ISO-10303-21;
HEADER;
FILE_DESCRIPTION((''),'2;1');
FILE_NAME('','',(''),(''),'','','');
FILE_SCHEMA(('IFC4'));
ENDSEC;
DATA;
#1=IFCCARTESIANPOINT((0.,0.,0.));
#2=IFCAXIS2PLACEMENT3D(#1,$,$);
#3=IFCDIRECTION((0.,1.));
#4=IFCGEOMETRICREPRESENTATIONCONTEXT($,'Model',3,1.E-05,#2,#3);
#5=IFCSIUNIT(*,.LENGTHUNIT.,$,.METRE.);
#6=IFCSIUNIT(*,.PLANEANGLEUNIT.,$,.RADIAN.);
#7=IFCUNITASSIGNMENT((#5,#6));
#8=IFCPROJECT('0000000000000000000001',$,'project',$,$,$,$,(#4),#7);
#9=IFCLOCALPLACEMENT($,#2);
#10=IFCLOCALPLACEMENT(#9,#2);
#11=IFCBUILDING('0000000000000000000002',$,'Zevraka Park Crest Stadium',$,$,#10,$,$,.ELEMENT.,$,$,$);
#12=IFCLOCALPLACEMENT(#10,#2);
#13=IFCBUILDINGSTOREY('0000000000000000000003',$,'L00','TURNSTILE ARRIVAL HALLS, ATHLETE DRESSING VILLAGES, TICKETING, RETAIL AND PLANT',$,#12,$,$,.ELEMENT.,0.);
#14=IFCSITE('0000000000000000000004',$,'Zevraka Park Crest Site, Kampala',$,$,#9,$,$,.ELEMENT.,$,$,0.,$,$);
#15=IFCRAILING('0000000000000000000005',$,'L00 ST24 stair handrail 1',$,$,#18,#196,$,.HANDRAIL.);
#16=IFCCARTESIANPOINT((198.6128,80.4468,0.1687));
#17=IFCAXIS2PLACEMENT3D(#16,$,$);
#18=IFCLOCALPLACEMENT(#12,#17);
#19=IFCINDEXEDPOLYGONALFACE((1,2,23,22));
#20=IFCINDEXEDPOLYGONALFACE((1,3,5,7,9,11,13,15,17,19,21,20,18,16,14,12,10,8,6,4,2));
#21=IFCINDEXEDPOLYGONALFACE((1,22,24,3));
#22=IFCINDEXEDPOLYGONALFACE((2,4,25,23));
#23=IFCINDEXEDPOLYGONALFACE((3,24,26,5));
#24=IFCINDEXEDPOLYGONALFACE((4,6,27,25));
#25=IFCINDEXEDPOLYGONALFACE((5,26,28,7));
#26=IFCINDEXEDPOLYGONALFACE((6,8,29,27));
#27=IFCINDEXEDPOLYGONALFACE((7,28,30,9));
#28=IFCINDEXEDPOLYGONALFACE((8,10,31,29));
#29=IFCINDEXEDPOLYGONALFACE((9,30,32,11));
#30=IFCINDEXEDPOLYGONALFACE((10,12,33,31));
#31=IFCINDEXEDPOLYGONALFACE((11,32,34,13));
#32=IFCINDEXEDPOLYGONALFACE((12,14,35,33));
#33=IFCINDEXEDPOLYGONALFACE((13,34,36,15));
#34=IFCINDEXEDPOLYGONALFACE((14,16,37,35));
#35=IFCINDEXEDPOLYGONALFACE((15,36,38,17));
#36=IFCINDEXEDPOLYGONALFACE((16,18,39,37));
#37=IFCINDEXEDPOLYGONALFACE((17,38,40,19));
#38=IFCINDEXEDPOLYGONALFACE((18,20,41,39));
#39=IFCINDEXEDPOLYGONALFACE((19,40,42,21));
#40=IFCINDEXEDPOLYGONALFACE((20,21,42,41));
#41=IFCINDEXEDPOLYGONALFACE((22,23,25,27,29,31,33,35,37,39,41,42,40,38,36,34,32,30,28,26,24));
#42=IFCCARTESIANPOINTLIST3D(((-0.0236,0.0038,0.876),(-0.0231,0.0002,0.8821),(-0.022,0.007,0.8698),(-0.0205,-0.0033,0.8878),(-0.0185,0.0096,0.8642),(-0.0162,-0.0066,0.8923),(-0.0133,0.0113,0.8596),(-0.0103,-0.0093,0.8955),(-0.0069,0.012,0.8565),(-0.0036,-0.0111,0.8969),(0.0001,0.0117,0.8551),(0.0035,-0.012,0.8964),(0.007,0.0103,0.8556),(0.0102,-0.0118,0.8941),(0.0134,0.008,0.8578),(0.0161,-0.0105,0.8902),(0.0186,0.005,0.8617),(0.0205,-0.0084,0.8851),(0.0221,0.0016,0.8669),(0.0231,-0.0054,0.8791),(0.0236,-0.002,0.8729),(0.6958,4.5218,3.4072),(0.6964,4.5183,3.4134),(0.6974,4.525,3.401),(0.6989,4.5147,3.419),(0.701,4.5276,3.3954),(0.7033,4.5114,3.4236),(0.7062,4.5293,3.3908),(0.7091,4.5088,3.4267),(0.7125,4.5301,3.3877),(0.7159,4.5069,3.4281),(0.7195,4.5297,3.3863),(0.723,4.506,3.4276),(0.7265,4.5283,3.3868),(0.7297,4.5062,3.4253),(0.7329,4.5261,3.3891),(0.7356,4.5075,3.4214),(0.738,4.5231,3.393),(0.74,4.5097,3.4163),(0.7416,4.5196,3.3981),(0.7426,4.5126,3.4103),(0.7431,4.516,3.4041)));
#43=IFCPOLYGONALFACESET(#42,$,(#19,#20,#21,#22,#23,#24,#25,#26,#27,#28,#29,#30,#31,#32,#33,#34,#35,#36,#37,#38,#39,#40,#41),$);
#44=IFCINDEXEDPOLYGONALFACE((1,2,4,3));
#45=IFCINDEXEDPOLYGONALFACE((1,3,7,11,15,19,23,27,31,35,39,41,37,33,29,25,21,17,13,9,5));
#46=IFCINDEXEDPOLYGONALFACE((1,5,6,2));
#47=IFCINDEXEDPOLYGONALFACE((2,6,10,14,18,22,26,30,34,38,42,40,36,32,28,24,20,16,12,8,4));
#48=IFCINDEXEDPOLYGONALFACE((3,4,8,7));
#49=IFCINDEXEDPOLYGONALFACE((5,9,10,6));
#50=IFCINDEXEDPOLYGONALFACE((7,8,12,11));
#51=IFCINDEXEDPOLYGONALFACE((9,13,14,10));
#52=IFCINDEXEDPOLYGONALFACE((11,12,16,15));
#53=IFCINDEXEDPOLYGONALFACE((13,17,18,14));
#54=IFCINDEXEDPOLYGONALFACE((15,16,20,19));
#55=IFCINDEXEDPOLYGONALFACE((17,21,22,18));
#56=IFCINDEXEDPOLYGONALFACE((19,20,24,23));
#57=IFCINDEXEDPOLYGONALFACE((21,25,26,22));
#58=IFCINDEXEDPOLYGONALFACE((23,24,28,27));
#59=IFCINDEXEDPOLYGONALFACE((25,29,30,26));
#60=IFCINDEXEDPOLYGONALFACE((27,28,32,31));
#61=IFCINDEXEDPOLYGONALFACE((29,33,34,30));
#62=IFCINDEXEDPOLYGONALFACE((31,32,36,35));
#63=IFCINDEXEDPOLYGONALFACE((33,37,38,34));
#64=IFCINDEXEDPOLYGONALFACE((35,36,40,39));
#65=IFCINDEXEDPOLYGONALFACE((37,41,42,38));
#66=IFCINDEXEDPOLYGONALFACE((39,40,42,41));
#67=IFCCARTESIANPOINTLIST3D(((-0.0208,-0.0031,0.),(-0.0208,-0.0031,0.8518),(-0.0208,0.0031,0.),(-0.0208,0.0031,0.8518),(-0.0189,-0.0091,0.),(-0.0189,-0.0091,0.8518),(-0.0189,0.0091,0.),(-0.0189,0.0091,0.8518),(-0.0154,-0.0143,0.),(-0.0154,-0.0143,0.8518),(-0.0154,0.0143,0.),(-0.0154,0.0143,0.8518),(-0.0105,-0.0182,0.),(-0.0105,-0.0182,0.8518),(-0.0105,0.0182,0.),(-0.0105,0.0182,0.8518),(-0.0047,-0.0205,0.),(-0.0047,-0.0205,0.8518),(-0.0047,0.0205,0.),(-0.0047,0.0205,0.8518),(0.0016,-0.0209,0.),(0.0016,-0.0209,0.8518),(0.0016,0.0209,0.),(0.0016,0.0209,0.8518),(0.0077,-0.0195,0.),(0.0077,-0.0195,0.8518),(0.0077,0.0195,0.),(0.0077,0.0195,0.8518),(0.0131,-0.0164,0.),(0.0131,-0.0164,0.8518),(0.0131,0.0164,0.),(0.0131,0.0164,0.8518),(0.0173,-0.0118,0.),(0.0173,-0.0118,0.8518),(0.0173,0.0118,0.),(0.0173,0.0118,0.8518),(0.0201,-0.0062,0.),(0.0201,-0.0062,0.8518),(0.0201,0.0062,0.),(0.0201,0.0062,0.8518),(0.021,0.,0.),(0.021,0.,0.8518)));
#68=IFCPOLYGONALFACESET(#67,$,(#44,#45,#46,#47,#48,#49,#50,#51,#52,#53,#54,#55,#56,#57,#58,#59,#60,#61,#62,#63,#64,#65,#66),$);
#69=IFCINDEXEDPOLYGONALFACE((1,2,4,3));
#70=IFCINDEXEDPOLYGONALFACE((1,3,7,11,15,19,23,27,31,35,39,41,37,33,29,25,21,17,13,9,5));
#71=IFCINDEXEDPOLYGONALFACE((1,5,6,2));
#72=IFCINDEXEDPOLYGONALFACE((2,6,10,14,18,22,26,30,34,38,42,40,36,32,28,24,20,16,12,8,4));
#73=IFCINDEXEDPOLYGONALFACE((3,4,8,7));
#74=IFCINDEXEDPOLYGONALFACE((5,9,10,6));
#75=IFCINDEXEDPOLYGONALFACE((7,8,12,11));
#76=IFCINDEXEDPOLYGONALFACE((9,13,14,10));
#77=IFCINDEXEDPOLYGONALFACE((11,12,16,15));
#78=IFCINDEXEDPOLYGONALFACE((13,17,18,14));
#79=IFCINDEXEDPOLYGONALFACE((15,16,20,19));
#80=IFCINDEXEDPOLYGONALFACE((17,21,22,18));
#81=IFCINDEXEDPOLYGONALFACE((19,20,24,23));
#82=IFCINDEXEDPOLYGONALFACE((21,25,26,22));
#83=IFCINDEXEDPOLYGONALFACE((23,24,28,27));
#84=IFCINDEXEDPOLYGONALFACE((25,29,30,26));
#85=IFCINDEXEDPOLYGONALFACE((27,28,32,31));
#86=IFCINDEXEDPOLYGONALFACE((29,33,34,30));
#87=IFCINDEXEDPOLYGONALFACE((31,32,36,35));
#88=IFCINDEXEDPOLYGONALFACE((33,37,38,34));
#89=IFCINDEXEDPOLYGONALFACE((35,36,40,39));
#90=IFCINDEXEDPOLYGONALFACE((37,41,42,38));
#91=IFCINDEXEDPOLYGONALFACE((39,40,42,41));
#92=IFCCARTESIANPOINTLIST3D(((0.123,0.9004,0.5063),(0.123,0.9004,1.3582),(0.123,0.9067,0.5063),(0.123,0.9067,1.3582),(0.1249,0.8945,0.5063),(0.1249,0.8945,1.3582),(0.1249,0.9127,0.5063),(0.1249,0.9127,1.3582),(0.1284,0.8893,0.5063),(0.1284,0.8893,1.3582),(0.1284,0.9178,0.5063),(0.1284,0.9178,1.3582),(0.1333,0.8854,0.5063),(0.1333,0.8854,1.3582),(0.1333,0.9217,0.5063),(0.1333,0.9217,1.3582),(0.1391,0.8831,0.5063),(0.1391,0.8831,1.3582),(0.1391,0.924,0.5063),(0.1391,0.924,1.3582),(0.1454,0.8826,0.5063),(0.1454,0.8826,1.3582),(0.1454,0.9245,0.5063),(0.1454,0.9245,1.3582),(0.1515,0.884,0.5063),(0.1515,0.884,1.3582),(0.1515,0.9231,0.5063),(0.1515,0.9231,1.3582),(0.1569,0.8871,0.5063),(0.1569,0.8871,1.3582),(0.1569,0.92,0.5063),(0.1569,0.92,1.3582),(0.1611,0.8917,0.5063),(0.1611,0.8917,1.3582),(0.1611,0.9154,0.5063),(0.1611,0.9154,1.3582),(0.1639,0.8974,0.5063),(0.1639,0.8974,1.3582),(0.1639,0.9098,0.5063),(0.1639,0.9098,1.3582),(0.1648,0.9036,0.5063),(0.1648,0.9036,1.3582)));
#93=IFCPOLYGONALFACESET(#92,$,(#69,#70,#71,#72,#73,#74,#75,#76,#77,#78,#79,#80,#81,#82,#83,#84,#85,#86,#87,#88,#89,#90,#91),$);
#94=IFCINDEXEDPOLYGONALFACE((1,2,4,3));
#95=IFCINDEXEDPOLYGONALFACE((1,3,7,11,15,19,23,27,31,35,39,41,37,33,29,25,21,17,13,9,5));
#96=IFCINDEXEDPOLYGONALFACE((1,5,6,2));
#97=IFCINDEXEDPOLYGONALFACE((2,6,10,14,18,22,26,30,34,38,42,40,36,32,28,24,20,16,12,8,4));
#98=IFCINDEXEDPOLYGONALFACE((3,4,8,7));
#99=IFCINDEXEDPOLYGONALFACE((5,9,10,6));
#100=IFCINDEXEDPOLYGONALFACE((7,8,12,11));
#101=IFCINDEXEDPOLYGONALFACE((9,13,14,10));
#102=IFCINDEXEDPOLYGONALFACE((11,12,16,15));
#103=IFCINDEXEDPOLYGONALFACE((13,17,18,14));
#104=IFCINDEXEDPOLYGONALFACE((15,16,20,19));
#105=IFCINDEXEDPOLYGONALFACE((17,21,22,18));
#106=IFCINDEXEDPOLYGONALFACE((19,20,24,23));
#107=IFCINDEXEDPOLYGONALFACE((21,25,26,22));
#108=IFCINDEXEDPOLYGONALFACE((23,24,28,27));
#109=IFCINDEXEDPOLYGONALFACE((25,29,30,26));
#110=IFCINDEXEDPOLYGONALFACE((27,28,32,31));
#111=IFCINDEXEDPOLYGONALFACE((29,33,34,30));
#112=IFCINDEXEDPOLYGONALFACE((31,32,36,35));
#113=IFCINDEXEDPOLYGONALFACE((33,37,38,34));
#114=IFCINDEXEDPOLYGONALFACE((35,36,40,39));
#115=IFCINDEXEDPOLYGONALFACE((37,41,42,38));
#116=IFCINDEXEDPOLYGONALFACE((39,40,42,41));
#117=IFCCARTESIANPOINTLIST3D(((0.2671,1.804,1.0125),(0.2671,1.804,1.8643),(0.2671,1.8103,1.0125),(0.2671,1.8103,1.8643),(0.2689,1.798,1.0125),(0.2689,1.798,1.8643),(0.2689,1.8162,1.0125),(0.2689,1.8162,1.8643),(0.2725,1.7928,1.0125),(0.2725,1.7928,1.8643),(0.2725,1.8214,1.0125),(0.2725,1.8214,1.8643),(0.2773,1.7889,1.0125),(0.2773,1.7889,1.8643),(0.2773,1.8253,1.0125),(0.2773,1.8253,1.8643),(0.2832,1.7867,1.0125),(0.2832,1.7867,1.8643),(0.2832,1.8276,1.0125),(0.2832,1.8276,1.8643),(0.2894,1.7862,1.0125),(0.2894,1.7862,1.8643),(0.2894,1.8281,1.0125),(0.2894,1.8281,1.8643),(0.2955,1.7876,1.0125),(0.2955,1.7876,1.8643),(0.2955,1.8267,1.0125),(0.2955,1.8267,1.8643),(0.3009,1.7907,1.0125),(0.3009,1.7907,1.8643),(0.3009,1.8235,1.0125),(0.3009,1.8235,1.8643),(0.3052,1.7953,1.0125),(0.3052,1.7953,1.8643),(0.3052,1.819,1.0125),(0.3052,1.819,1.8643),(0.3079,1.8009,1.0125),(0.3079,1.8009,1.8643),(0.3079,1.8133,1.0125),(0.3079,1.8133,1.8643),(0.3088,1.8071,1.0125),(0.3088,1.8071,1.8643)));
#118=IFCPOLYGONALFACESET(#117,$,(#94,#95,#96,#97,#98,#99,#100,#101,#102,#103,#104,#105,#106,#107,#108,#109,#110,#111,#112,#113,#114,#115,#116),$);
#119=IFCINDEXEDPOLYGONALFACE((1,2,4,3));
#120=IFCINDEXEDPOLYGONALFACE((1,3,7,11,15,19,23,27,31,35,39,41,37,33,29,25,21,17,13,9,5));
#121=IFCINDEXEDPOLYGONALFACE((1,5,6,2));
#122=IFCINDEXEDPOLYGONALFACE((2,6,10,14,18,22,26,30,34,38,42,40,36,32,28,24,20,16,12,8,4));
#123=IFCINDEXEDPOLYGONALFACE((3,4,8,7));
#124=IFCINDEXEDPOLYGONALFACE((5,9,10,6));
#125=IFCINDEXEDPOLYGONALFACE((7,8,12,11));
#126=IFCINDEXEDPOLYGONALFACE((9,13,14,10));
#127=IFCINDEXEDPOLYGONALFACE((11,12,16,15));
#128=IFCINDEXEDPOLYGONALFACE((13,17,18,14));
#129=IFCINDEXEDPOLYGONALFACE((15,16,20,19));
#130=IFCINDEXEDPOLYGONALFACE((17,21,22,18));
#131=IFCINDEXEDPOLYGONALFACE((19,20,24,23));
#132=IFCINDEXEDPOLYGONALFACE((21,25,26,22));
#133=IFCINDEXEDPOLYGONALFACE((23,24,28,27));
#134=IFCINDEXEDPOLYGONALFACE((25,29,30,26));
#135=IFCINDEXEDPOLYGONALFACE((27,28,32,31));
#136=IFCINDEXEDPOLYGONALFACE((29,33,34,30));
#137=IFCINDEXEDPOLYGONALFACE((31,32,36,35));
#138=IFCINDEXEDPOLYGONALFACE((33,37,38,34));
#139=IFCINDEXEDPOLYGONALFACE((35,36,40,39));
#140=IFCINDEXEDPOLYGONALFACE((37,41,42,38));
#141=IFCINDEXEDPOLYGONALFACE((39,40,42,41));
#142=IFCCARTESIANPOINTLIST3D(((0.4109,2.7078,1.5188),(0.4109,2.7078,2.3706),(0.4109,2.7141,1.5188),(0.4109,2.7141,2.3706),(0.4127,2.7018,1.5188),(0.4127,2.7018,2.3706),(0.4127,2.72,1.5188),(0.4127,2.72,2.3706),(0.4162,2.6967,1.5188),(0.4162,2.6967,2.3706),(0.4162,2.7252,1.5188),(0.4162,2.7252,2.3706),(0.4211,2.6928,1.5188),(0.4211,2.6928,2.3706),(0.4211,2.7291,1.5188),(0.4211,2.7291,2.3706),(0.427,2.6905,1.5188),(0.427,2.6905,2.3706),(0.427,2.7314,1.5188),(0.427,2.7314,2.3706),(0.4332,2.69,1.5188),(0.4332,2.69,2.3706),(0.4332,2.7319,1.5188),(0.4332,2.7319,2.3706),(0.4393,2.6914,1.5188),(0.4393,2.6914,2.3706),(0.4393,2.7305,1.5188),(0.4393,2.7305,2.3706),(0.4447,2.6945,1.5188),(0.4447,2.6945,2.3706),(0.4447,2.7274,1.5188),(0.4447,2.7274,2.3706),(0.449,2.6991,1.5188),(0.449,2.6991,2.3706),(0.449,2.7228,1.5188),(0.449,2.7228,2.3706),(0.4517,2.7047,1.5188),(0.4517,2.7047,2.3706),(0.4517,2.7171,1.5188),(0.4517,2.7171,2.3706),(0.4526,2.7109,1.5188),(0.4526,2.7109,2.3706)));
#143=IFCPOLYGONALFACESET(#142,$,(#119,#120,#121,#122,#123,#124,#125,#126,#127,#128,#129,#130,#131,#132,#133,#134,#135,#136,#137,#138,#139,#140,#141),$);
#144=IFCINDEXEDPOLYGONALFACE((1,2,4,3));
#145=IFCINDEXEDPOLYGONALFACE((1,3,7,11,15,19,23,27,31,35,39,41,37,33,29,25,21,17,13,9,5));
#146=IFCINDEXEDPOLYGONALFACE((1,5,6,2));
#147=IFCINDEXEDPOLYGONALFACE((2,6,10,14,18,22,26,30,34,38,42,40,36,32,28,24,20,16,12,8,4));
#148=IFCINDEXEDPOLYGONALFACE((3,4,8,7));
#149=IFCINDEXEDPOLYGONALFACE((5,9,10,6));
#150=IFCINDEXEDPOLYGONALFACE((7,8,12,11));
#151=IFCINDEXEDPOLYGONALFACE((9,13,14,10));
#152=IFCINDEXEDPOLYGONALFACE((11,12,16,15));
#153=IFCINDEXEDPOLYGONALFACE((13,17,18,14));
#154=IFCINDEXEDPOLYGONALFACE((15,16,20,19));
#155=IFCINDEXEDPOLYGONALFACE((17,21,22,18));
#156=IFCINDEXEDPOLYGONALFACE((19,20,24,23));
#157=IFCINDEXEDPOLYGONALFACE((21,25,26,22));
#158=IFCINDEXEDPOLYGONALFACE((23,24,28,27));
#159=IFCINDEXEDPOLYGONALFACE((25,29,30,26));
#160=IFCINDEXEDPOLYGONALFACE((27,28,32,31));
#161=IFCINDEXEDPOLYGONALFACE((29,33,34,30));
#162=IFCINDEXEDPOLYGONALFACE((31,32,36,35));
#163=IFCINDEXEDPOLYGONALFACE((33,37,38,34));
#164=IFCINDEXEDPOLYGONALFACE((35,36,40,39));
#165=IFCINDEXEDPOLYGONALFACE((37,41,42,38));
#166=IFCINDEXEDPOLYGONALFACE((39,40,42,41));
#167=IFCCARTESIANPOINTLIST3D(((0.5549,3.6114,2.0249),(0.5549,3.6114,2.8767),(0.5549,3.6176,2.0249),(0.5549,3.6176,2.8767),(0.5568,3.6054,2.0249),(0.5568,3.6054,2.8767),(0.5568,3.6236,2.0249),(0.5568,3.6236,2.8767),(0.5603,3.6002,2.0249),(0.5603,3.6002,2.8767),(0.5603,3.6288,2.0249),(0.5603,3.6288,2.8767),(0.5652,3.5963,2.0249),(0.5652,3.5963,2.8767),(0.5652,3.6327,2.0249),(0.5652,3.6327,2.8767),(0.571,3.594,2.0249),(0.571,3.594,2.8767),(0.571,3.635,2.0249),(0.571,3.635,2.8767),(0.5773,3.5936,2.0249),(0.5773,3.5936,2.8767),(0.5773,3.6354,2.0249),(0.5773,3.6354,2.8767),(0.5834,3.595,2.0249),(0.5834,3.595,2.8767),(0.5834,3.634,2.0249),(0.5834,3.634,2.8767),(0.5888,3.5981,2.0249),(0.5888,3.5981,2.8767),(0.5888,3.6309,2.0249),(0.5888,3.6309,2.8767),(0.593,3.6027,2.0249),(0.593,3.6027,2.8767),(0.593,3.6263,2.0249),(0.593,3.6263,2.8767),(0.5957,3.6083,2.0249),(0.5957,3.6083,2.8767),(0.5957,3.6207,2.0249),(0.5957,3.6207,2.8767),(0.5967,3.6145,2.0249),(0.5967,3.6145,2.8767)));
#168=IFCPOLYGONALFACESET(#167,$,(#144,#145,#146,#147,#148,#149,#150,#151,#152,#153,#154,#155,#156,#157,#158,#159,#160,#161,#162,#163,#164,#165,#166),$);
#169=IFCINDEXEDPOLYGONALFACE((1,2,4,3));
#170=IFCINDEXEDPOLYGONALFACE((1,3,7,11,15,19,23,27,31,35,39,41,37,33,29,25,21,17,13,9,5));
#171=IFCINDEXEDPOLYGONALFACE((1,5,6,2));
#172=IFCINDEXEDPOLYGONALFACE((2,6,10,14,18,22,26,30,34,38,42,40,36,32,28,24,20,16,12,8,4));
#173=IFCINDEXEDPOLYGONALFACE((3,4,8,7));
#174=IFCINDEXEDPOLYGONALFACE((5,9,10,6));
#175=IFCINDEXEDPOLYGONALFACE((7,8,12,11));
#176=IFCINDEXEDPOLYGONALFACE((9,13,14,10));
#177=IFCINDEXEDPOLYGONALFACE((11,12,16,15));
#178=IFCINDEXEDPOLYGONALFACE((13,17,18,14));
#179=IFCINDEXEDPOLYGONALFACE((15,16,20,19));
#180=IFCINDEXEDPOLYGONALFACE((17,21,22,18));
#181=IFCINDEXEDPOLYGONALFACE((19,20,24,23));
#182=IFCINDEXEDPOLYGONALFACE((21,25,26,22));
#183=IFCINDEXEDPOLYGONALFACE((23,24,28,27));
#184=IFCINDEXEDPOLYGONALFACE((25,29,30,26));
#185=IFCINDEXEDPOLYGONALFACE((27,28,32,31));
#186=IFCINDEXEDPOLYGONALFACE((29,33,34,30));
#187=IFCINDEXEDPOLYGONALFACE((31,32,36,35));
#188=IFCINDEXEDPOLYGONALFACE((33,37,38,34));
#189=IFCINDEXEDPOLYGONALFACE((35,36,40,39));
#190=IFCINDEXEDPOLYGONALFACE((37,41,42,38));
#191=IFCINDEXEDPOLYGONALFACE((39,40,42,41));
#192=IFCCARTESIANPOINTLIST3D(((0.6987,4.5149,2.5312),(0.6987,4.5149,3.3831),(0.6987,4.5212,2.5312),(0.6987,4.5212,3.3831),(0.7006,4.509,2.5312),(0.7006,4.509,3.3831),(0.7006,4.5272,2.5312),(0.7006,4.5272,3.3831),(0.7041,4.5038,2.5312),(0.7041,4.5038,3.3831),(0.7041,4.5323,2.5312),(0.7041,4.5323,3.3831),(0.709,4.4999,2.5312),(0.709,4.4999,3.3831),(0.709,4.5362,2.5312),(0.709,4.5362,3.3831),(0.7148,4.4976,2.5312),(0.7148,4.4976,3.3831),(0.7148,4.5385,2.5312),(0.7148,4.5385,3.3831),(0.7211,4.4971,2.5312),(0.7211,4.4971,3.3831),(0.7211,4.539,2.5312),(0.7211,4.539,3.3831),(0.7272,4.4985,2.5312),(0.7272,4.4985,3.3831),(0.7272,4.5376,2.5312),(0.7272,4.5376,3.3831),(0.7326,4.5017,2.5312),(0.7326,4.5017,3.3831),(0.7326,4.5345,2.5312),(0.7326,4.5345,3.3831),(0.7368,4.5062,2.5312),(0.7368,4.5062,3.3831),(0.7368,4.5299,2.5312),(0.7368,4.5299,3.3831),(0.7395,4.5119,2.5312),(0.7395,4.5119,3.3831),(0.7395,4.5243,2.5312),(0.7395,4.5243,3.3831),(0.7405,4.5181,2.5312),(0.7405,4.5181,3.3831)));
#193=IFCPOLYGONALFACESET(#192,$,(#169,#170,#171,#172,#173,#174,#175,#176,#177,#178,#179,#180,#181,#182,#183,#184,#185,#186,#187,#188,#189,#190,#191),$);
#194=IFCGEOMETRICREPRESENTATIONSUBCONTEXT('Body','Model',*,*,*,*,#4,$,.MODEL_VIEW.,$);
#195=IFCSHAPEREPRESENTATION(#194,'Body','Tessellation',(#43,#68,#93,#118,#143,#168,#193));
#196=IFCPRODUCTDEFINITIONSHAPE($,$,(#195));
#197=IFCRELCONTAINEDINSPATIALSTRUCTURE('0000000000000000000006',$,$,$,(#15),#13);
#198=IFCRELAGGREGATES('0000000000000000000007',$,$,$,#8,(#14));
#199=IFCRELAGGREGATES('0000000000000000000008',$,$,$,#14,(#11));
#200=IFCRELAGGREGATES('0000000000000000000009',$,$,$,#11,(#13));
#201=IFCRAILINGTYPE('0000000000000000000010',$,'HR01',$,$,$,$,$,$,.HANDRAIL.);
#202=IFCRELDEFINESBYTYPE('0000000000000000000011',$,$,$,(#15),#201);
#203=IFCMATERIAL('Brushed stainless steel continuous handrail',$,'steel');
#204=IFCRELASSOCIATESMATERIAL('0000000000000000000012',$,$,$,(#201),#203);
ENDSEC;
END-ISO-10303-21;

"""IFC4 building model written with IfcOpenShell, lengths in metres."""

from ifc_helpers import new_model, si_unit, direction, frame, origin, origin_2d, place, context, subcontext, project, spatial, circle, extrude, material, type_object, element, save


model = new_model("IFC4")

# Units and contexts
model_context = context("Model", 3, precision=1e-05, world=origin(), true_north=direction((0.0, 1.0)))
body_context = subcontext(model_context, "Body", "Model", "MODEL_VIEW")
ifc_project = project(units=[si_unit("LENGTHUNIT", "METRE"), si_unit("PLANEANGLEUNIT", "RADIAN")], contexts=[model_context])

# Site, building, storey
site_placement = place(None, origin())
site = spatial("IfcSite", under=ifc_project, at=site_placement, Name="Zevraka Park Crest Site, Kampala", CompositionType="ELEMENT", RefElevation=0.0)
building_placement = place(site_placement, origin())
building = spatial("IfcBuilding", under=site, at=building_placement, Name="Zevraka Park Crest Stadium", CompositionType="ELEMENT")
storey_placement = place(building_placement, origin())
storey = spatial("IfcBuildingStorey", under=building, at=storey_placement, Name="L00", Description="TURNSTILE ARRIVAL HALLS, ATHLETE DRESSING VILLAGES, TICKETING, RETAIL AND PLANT", CompositionType="ELEMENT", Elevation=0.0)

# Railing
ifc_material_1 = material(Name="Brushed stainless steel continuous handrail", Category="steel")
railing_type = type_object("IfcRailingType", Name="HR01", PredefinedType="HANDRAIL", material=ifc_material_1)
railing_placement = place(storey_placement, frame((198.6128, 80.4468, 0.1687)))
element("IfcRailing", 1, at=railing_placement, inside=storey, type_object=railing_type, Name="L00 ST24 stair handrail 1", PredefinedType="HANDRAIL", context=body_context, shape_type="SweptSolid", body=[
    extrude(circle(Radius=0.0239, at=origin_2d()), frame((0.0, 0.0, 0.876), z_axis=(0.137606, 0.864113, 0.48412), x_axis=(-0.987557, 0.157264, 0.0)), (0.0, 0.0, 1.0), 5.2285),
    extrude(circle(Radius=0.021, at=origin_2d()), origin(), (0.0, 0.0, 1.0), 0.8518),
    extrude(circle(Radius=0.021, at=origin_2d()), frame((0.1438, 0.9036, 0.5063)), (0.0, 0.0, 1.0), 0.8518),
    extrude(circle(Radius=0.021, at=origin_2d()), frame((0.2878, 1.8071, 1.0125)), (0.0, 0.0, 1.0), 0.8518),
    extrude(circle(Radius=0.021, at=origin_2d()), frame((0.4316, 2.7109, 1.5188)), (0.0, 0.0, 1.0), 0.8518),
    extrude(circle(Radius=0.021, at=origin_2d()), frame((0.5757, 3.6145, 2.0249)), (0.0, 0.0, 1.0), 0.8518),
    extrude(circle(Radius=0.021, at=origin_2d()), frame((0.7195, 4.5181, 2.5312)), (0.0, 0.0, 1.0), 0.8518),
])

save(model, "model.ifc")
